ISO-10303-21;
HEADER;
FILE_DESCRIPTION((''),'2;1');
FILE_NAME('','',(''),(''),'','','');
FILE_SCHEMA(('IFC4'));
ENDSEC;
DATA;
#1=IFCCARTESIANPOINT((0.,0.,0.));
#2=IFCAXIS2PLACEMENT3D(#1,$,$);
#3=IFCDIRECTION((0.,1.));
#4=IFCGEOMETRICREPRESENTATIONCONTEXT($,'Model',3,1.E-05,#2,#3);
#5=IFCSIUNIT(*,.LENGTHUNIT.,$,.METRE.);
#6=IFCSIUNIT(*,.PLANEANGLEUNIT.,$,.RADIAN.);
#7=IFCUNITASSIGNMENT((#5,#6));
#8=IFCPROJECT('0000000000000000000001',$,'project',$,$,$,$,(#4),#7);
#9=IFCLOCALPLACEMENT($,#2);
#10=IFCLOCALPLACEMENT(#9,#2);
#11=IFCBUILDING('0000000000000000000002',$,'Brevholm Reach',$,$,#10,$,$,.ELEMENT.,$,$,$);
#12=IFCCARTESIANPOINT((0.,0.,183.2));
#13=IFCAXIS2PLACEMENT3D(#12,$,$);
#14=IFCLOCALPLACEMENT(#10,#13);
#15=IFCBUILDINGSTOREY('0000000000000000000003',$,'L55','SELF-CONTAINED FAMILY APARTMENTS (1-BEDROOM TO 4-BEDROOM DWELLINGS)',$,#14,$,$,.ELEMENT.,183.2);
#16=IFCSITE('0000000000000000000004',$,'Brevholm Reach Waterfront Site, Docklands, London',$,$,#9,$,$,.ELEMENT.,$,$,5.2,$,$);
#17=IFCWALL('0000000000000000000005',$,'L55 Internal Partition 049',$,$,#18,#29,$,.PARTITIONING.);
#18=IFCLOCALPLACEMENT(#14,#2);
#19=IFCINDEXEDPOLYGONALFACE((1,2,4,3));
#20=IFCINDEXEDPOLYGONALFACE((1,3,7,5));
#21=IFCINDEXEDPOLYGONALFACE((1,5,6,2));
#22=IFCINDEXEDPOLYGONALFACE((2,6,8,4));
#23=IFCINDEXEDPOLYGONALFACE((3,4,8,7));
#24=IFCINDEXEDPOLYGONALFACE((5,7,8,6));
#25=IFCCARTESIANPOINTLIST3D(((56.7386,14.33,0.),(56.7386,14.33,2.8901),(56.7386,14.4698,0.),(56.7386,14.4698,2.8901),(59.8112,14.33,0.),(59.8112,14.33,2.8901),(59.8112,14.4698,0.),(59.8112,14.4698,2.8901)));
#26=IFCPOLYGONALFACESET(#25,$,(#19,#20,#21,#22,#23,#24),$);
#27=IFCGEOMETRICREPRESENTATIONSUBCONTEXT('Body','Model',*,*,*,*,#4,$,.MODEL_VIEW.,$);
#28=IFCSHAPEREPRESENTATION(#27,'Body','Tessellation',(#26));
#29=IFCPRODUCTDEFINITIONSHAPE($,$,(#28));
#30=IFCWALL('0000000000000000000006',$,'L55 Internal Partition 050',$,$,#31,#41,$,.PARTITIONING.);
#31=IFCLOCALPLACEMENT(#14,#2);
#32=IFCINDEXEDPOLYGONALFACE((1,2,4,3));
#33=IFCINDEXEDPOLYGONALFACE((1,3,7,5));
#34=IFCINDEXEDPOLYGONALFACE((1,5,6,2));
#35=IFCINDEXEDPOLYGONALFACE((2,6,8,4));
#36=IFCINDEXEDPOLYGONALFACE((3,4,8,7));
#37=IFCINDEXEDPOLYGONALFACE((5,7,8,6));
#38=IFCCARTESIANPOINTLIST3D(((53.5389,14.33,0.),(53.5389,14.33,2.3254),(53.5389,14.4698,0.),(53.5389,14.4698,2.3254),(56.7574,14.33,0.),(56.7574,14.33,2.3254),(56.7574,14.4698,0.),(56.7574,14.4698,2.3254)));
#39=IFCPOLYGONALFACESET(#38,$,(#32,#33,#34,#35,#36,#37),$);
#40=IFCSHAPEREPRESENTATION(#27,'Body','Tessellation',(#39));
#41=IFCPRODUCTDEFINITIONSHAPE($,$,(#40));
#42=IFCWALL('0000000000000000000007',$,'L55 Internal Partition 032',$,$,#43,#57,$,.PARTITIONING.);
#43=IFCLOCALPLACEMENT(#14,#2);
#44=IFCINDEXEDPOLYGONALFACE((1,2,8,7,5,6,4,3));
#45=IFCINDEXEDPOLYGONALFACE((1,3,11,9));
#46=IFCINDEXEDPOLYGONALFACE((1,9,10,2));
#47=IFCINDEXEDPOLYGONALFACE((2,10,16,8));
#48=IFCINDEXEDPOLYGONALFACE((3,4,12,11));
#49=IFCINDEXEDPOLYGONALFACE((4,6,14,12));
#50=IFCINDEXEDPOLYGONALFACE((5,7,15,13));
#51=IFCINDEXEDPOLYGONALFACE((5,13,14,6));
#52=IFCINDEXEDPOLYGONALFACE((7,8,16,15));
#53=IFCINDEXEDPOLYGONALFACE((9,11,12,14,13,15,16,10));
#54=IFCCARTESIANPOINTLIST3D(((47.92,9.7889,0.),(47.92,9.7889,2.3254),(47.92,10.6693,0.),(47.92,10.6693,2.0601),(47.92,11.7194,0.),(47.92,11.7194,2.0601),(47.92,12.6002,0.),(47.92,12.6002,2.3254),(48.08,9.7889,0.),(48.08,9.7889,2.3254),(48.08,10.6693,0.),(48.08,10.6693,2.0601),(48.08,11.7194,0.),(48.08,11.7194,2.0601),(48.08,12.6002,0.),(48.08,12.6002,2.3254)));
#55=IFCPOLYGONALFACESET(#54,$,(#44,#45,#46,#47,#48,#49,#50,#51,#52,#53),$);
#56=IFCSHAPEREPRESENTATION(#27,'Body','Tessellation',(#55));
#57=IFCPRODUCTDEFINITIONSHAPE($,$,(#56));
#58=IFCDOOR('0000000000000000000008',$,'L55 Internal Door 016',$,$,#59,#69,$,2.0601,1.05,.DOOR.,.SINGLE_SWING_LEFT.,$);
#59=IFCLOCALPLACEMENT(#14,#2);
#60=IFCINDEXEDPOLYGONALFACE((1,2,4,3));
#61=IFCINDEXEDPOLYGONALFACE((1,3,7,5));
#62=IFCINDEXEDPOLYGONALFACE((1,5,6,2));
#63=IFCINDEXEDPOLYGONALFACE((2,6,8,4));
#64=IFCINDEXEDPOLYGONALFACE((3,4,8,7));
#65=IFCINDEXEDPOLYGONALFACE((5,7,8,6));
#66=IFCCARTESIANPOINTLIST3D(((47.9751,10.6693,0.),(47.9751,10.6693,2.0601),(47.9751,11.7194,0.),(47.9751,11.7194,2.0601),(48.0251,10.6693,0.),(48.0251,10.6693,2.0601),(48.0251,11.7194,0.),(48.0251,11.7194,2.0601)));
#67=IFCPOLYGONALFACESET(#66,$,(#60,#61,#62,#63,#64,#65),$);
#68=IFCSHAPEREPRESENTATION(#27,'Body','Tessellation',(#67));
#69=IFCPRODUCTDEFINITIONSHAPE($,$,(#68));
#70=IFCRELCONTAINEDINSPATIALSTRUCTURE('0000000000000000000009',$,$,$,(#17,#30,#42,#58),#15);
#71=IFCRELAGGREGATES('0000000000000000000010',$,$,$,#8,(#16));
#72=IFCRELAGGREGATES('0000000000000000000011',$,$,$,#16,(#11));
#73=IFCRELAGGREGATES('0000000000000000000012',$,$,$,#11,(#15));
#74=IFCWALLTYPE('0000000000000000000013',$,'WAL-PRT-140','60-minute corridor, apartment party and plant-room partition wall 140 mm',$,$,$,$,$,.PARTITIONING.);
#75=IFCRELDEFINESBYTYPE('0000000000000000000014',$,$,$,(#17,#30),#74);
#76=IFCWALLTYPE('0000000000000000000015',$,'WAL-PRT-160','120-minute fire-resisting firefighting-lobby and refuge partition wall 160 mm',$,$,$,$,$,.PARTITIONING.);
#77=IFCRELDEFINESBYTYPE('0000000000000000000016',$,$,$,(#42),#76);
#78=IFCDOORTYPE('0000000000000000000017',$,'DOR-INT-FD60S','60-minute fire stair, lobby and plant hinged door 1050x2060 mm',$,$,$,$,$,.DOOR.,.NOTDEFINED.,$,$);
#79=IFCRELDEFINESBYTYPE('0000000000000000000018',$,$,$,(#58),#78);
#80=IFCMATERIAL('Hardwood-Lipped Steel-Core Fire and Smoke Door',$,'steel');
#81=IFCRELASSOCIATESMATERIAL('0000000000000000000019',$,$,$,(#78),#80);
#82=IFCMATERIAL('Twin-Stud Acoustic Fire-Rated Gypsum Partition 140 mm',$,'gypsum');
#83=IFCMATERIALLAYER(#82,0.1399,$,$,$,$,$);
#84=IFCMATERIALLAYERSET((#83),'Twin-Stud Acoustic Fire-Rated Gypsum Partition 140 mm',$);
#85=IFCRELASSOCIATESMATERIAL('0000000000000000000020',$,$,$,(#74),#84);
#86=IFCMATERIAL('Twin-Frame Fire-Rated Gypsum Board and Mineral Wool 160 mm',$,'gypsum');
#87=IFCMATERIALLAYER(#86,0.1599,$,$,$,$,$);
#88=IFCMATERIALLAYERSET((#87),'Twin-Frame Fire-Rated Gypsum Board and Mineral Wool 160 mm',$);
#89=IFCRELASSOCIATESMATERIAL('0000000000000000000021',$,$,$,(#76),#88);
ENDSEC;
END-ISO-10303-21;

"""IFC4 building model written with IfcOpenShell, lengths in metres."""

from ifc_helpers import new_model, si_unit, direction, frame, frame_2d, origin, place, context, subcontext, project, spatial, rectangle, extrude, material, layer, layer_set, type_object, element, fill, save


model = new_model("IFC4")

# Units and contexts
model_context = context("Model", 3, precision=1e-05, world=origin(), true_north=direction((0.0, 1.0)))
body_context = subcontext(model_context, "Body", "Model", "MODEL_VIEW")
ifc_project = project(units=[si_unit("LENGTHUNIT", "METRE"), si_unit("PLANEANGLEUNIT", "RADIAN")], contexts=[model_context])

# Site, building, storey
site_placement = place(None, origin())
site = spatial("IfcSite", under=ifc_project, at=site_placement, Name="Brevholm Reach Waterfront Site, Docklands, London", CompositionType="ELEMENT", RefElevation=5.2)
building_placement = place(site_placement, origin())
building = spatial("IfcBuilding", under=site, at=building_placement, Name="Brevholm Reach", CompositionType="ELEMENT")
storey_placement = place(building_placement, frame((0.0, 0.0, 183.2)))
storey = spatial("IfcBuildingStorey", under=building, at=storey_placement, Name="L55", Description="SELF-CONTAINED FAMILY APARTMENTS (1-BEDROOM TO 4-BEDROOM DWELLINGS)", CompositionType="ELEMENT", Elevation=183.2)

# Shared definitions
ifc_material_1 = material(Name="Hardwood-Lipped Steel-Core Fire and Smoke Door", Category="steel")
door_type_1 = type_object("IfcDoorType", Name="DOR-INT-FD60S", Description="60-minute fire stair, lobby and plant hinged door 1050x2060 mm", OperationType="NOTDEFINED", PredefinedType="DOOR", material=ifc_material_1)

# Walls
ifc_material_2 = material(Name="Twin-Stud Acoustic Fire-Rated Gypsum Partition 140 mm", Category="gypsum")
ifc_layer_1 = layer(ifc_material_2, 0.1399)
ifc_layer_set_1 = layer_set([ifc_layer_1], Name="Twin-Stud Acoustic Fire-Rated Gypsum Partition 140 mm")
wall_type_1 = type_object("IfcWallType", Name="WAL-PRT-140", Description="60-minute corridor, apartment party and plant-room partition wall 140 mm", PredefinedType="PARTITIONING", material=ifc_layer_set_1)
wall_1_placement = place(storey_placement, frame((56.7388, 14.3999, 0.0), z_axis=(0.0, 0.0, 1.0), x_axis=(1.0, 0.0, 0.0)))
element("IfcWall", 1, at=wall_1_placement, inside=storey, type_object=wall_type_1, Name="L55 Internal Partition 049", PredefinedType="PARTITIONING", context=body_context, shape_type="SweptSolid", body=[
    extrude(rectangle(XDim=3.0725, YDim=0.1399, at=frame_2d((1.5361, 0.0))), origin(), (0.0, 0.0, 1.0), 2.8901),
])
wall_2_placement = place(storey_placement, frame((53.5388, 14.3999, 0.0), z_axis=(0.0, 0.0, 1.0), x_axis=(1.0, 0.0, 0.0)))
element("IfcWall", 2, at=wall_2_placement, inside=storey, type_object=wall_type_1, Name="L55 Internal Partition 050", PredefinedType="PARTITIONING", context=body_context, shape_type="SweptSolid", body=[
    extrude(rectangle(XDim=3.2185, YDim=0.1399, at=frame_2d((1.6094, 0.0))), origin(), (0.0, 0.0, 1.0), 2.3254),
])

# Wall, opening, door
ifc_material_3 = material(Name="Twin-Frame Fire-Rated Gypsum Board and Mineral Wool 160 mm", Category="gypsum")
ifc_layer_2 = layer(ifc_material_3, 0.1599)
ifc_layer_set_2 = layer_set([ifc_layer_2], Name="Twin-Frame Fire-Rated Gypsum Board and Mineral Wool 160 mm")
wall_type_2 = type_object("IfcWallType", Name="WAL-PRT-160", Description="120-minute fire-resisting firefighting-lobby and refuge partition wall 160 mm", PredefinedType="PARTITIONING", material=ifc_layer_set_2)
wall_3_placement = place(storey_placement, frame((48.0, 9.7888, 0.0), z_axis=(0.0, 0.0, 1.0), x_axis=(0.0, 1.0, 0.0)))
wall_3 = element("IfcWall", 3, at=wall_3_placement, inside=storey, type_object=wall_type_2, Name="L55 Internal Partition 032", PredefinedType="PARTITIONING", context=body_context, shape_type="SweptSolid", body=[
    extrude(rectangle(XDim=2.8113, YDim=0.1599, at=frame_2d((1.4058, 0.0))), origin(), (0.0, 0.0, 1.0), 2.3254),
])
opening_1_placement = place(wall_3_placement, frame((0.8806, 0.0, 0.0)))
opening_1 = element("IfcOpeningElement", 4, at=opening_1_placement, cuts=wall_3, PredefinedType="OPENING", context=body_context, shape_type="SweptSolid", body=[
    extrude(rectangle(XDim=1.05, YDim=2.0601, at=frame_2d((0.5249, 1.03))), frame((0.0, 0.0898, 0.0), z_axis=(0.0, -1.0, 0.0), x_axis=(1.0, 0.0, 0.0)), (0.0, 0.0, 1.0), 0.1799),
])
door_1_placement = place(opening_1_placement, origin())
door_1 = element("IfcDoor", 5, at=door_1_placement, inside=storey, type_object=door_type_1, Name="L55 Internal Door 016", OperationType="SINGLE_SWING_LEFT", OverallHeight=2.0601, OverallWidth=1.05, PredefinedType="DOOR", context=body_context, shape_type="SweptSolid", body=[
    extrude(rectangle(XDim=1.05, YDim=2.0601, at=frame_2d((0.5249, 1.03))), frame((0.0, 0.0249, 0.0), z_axis=(0.0, -1.0, 0.0), x_axis=(1.0, 0.0, 0.0)), (0.0, 0.0, 1.0), 0.05),
])
fill(opening_1, door_1)

save(model, "model.ifc")
